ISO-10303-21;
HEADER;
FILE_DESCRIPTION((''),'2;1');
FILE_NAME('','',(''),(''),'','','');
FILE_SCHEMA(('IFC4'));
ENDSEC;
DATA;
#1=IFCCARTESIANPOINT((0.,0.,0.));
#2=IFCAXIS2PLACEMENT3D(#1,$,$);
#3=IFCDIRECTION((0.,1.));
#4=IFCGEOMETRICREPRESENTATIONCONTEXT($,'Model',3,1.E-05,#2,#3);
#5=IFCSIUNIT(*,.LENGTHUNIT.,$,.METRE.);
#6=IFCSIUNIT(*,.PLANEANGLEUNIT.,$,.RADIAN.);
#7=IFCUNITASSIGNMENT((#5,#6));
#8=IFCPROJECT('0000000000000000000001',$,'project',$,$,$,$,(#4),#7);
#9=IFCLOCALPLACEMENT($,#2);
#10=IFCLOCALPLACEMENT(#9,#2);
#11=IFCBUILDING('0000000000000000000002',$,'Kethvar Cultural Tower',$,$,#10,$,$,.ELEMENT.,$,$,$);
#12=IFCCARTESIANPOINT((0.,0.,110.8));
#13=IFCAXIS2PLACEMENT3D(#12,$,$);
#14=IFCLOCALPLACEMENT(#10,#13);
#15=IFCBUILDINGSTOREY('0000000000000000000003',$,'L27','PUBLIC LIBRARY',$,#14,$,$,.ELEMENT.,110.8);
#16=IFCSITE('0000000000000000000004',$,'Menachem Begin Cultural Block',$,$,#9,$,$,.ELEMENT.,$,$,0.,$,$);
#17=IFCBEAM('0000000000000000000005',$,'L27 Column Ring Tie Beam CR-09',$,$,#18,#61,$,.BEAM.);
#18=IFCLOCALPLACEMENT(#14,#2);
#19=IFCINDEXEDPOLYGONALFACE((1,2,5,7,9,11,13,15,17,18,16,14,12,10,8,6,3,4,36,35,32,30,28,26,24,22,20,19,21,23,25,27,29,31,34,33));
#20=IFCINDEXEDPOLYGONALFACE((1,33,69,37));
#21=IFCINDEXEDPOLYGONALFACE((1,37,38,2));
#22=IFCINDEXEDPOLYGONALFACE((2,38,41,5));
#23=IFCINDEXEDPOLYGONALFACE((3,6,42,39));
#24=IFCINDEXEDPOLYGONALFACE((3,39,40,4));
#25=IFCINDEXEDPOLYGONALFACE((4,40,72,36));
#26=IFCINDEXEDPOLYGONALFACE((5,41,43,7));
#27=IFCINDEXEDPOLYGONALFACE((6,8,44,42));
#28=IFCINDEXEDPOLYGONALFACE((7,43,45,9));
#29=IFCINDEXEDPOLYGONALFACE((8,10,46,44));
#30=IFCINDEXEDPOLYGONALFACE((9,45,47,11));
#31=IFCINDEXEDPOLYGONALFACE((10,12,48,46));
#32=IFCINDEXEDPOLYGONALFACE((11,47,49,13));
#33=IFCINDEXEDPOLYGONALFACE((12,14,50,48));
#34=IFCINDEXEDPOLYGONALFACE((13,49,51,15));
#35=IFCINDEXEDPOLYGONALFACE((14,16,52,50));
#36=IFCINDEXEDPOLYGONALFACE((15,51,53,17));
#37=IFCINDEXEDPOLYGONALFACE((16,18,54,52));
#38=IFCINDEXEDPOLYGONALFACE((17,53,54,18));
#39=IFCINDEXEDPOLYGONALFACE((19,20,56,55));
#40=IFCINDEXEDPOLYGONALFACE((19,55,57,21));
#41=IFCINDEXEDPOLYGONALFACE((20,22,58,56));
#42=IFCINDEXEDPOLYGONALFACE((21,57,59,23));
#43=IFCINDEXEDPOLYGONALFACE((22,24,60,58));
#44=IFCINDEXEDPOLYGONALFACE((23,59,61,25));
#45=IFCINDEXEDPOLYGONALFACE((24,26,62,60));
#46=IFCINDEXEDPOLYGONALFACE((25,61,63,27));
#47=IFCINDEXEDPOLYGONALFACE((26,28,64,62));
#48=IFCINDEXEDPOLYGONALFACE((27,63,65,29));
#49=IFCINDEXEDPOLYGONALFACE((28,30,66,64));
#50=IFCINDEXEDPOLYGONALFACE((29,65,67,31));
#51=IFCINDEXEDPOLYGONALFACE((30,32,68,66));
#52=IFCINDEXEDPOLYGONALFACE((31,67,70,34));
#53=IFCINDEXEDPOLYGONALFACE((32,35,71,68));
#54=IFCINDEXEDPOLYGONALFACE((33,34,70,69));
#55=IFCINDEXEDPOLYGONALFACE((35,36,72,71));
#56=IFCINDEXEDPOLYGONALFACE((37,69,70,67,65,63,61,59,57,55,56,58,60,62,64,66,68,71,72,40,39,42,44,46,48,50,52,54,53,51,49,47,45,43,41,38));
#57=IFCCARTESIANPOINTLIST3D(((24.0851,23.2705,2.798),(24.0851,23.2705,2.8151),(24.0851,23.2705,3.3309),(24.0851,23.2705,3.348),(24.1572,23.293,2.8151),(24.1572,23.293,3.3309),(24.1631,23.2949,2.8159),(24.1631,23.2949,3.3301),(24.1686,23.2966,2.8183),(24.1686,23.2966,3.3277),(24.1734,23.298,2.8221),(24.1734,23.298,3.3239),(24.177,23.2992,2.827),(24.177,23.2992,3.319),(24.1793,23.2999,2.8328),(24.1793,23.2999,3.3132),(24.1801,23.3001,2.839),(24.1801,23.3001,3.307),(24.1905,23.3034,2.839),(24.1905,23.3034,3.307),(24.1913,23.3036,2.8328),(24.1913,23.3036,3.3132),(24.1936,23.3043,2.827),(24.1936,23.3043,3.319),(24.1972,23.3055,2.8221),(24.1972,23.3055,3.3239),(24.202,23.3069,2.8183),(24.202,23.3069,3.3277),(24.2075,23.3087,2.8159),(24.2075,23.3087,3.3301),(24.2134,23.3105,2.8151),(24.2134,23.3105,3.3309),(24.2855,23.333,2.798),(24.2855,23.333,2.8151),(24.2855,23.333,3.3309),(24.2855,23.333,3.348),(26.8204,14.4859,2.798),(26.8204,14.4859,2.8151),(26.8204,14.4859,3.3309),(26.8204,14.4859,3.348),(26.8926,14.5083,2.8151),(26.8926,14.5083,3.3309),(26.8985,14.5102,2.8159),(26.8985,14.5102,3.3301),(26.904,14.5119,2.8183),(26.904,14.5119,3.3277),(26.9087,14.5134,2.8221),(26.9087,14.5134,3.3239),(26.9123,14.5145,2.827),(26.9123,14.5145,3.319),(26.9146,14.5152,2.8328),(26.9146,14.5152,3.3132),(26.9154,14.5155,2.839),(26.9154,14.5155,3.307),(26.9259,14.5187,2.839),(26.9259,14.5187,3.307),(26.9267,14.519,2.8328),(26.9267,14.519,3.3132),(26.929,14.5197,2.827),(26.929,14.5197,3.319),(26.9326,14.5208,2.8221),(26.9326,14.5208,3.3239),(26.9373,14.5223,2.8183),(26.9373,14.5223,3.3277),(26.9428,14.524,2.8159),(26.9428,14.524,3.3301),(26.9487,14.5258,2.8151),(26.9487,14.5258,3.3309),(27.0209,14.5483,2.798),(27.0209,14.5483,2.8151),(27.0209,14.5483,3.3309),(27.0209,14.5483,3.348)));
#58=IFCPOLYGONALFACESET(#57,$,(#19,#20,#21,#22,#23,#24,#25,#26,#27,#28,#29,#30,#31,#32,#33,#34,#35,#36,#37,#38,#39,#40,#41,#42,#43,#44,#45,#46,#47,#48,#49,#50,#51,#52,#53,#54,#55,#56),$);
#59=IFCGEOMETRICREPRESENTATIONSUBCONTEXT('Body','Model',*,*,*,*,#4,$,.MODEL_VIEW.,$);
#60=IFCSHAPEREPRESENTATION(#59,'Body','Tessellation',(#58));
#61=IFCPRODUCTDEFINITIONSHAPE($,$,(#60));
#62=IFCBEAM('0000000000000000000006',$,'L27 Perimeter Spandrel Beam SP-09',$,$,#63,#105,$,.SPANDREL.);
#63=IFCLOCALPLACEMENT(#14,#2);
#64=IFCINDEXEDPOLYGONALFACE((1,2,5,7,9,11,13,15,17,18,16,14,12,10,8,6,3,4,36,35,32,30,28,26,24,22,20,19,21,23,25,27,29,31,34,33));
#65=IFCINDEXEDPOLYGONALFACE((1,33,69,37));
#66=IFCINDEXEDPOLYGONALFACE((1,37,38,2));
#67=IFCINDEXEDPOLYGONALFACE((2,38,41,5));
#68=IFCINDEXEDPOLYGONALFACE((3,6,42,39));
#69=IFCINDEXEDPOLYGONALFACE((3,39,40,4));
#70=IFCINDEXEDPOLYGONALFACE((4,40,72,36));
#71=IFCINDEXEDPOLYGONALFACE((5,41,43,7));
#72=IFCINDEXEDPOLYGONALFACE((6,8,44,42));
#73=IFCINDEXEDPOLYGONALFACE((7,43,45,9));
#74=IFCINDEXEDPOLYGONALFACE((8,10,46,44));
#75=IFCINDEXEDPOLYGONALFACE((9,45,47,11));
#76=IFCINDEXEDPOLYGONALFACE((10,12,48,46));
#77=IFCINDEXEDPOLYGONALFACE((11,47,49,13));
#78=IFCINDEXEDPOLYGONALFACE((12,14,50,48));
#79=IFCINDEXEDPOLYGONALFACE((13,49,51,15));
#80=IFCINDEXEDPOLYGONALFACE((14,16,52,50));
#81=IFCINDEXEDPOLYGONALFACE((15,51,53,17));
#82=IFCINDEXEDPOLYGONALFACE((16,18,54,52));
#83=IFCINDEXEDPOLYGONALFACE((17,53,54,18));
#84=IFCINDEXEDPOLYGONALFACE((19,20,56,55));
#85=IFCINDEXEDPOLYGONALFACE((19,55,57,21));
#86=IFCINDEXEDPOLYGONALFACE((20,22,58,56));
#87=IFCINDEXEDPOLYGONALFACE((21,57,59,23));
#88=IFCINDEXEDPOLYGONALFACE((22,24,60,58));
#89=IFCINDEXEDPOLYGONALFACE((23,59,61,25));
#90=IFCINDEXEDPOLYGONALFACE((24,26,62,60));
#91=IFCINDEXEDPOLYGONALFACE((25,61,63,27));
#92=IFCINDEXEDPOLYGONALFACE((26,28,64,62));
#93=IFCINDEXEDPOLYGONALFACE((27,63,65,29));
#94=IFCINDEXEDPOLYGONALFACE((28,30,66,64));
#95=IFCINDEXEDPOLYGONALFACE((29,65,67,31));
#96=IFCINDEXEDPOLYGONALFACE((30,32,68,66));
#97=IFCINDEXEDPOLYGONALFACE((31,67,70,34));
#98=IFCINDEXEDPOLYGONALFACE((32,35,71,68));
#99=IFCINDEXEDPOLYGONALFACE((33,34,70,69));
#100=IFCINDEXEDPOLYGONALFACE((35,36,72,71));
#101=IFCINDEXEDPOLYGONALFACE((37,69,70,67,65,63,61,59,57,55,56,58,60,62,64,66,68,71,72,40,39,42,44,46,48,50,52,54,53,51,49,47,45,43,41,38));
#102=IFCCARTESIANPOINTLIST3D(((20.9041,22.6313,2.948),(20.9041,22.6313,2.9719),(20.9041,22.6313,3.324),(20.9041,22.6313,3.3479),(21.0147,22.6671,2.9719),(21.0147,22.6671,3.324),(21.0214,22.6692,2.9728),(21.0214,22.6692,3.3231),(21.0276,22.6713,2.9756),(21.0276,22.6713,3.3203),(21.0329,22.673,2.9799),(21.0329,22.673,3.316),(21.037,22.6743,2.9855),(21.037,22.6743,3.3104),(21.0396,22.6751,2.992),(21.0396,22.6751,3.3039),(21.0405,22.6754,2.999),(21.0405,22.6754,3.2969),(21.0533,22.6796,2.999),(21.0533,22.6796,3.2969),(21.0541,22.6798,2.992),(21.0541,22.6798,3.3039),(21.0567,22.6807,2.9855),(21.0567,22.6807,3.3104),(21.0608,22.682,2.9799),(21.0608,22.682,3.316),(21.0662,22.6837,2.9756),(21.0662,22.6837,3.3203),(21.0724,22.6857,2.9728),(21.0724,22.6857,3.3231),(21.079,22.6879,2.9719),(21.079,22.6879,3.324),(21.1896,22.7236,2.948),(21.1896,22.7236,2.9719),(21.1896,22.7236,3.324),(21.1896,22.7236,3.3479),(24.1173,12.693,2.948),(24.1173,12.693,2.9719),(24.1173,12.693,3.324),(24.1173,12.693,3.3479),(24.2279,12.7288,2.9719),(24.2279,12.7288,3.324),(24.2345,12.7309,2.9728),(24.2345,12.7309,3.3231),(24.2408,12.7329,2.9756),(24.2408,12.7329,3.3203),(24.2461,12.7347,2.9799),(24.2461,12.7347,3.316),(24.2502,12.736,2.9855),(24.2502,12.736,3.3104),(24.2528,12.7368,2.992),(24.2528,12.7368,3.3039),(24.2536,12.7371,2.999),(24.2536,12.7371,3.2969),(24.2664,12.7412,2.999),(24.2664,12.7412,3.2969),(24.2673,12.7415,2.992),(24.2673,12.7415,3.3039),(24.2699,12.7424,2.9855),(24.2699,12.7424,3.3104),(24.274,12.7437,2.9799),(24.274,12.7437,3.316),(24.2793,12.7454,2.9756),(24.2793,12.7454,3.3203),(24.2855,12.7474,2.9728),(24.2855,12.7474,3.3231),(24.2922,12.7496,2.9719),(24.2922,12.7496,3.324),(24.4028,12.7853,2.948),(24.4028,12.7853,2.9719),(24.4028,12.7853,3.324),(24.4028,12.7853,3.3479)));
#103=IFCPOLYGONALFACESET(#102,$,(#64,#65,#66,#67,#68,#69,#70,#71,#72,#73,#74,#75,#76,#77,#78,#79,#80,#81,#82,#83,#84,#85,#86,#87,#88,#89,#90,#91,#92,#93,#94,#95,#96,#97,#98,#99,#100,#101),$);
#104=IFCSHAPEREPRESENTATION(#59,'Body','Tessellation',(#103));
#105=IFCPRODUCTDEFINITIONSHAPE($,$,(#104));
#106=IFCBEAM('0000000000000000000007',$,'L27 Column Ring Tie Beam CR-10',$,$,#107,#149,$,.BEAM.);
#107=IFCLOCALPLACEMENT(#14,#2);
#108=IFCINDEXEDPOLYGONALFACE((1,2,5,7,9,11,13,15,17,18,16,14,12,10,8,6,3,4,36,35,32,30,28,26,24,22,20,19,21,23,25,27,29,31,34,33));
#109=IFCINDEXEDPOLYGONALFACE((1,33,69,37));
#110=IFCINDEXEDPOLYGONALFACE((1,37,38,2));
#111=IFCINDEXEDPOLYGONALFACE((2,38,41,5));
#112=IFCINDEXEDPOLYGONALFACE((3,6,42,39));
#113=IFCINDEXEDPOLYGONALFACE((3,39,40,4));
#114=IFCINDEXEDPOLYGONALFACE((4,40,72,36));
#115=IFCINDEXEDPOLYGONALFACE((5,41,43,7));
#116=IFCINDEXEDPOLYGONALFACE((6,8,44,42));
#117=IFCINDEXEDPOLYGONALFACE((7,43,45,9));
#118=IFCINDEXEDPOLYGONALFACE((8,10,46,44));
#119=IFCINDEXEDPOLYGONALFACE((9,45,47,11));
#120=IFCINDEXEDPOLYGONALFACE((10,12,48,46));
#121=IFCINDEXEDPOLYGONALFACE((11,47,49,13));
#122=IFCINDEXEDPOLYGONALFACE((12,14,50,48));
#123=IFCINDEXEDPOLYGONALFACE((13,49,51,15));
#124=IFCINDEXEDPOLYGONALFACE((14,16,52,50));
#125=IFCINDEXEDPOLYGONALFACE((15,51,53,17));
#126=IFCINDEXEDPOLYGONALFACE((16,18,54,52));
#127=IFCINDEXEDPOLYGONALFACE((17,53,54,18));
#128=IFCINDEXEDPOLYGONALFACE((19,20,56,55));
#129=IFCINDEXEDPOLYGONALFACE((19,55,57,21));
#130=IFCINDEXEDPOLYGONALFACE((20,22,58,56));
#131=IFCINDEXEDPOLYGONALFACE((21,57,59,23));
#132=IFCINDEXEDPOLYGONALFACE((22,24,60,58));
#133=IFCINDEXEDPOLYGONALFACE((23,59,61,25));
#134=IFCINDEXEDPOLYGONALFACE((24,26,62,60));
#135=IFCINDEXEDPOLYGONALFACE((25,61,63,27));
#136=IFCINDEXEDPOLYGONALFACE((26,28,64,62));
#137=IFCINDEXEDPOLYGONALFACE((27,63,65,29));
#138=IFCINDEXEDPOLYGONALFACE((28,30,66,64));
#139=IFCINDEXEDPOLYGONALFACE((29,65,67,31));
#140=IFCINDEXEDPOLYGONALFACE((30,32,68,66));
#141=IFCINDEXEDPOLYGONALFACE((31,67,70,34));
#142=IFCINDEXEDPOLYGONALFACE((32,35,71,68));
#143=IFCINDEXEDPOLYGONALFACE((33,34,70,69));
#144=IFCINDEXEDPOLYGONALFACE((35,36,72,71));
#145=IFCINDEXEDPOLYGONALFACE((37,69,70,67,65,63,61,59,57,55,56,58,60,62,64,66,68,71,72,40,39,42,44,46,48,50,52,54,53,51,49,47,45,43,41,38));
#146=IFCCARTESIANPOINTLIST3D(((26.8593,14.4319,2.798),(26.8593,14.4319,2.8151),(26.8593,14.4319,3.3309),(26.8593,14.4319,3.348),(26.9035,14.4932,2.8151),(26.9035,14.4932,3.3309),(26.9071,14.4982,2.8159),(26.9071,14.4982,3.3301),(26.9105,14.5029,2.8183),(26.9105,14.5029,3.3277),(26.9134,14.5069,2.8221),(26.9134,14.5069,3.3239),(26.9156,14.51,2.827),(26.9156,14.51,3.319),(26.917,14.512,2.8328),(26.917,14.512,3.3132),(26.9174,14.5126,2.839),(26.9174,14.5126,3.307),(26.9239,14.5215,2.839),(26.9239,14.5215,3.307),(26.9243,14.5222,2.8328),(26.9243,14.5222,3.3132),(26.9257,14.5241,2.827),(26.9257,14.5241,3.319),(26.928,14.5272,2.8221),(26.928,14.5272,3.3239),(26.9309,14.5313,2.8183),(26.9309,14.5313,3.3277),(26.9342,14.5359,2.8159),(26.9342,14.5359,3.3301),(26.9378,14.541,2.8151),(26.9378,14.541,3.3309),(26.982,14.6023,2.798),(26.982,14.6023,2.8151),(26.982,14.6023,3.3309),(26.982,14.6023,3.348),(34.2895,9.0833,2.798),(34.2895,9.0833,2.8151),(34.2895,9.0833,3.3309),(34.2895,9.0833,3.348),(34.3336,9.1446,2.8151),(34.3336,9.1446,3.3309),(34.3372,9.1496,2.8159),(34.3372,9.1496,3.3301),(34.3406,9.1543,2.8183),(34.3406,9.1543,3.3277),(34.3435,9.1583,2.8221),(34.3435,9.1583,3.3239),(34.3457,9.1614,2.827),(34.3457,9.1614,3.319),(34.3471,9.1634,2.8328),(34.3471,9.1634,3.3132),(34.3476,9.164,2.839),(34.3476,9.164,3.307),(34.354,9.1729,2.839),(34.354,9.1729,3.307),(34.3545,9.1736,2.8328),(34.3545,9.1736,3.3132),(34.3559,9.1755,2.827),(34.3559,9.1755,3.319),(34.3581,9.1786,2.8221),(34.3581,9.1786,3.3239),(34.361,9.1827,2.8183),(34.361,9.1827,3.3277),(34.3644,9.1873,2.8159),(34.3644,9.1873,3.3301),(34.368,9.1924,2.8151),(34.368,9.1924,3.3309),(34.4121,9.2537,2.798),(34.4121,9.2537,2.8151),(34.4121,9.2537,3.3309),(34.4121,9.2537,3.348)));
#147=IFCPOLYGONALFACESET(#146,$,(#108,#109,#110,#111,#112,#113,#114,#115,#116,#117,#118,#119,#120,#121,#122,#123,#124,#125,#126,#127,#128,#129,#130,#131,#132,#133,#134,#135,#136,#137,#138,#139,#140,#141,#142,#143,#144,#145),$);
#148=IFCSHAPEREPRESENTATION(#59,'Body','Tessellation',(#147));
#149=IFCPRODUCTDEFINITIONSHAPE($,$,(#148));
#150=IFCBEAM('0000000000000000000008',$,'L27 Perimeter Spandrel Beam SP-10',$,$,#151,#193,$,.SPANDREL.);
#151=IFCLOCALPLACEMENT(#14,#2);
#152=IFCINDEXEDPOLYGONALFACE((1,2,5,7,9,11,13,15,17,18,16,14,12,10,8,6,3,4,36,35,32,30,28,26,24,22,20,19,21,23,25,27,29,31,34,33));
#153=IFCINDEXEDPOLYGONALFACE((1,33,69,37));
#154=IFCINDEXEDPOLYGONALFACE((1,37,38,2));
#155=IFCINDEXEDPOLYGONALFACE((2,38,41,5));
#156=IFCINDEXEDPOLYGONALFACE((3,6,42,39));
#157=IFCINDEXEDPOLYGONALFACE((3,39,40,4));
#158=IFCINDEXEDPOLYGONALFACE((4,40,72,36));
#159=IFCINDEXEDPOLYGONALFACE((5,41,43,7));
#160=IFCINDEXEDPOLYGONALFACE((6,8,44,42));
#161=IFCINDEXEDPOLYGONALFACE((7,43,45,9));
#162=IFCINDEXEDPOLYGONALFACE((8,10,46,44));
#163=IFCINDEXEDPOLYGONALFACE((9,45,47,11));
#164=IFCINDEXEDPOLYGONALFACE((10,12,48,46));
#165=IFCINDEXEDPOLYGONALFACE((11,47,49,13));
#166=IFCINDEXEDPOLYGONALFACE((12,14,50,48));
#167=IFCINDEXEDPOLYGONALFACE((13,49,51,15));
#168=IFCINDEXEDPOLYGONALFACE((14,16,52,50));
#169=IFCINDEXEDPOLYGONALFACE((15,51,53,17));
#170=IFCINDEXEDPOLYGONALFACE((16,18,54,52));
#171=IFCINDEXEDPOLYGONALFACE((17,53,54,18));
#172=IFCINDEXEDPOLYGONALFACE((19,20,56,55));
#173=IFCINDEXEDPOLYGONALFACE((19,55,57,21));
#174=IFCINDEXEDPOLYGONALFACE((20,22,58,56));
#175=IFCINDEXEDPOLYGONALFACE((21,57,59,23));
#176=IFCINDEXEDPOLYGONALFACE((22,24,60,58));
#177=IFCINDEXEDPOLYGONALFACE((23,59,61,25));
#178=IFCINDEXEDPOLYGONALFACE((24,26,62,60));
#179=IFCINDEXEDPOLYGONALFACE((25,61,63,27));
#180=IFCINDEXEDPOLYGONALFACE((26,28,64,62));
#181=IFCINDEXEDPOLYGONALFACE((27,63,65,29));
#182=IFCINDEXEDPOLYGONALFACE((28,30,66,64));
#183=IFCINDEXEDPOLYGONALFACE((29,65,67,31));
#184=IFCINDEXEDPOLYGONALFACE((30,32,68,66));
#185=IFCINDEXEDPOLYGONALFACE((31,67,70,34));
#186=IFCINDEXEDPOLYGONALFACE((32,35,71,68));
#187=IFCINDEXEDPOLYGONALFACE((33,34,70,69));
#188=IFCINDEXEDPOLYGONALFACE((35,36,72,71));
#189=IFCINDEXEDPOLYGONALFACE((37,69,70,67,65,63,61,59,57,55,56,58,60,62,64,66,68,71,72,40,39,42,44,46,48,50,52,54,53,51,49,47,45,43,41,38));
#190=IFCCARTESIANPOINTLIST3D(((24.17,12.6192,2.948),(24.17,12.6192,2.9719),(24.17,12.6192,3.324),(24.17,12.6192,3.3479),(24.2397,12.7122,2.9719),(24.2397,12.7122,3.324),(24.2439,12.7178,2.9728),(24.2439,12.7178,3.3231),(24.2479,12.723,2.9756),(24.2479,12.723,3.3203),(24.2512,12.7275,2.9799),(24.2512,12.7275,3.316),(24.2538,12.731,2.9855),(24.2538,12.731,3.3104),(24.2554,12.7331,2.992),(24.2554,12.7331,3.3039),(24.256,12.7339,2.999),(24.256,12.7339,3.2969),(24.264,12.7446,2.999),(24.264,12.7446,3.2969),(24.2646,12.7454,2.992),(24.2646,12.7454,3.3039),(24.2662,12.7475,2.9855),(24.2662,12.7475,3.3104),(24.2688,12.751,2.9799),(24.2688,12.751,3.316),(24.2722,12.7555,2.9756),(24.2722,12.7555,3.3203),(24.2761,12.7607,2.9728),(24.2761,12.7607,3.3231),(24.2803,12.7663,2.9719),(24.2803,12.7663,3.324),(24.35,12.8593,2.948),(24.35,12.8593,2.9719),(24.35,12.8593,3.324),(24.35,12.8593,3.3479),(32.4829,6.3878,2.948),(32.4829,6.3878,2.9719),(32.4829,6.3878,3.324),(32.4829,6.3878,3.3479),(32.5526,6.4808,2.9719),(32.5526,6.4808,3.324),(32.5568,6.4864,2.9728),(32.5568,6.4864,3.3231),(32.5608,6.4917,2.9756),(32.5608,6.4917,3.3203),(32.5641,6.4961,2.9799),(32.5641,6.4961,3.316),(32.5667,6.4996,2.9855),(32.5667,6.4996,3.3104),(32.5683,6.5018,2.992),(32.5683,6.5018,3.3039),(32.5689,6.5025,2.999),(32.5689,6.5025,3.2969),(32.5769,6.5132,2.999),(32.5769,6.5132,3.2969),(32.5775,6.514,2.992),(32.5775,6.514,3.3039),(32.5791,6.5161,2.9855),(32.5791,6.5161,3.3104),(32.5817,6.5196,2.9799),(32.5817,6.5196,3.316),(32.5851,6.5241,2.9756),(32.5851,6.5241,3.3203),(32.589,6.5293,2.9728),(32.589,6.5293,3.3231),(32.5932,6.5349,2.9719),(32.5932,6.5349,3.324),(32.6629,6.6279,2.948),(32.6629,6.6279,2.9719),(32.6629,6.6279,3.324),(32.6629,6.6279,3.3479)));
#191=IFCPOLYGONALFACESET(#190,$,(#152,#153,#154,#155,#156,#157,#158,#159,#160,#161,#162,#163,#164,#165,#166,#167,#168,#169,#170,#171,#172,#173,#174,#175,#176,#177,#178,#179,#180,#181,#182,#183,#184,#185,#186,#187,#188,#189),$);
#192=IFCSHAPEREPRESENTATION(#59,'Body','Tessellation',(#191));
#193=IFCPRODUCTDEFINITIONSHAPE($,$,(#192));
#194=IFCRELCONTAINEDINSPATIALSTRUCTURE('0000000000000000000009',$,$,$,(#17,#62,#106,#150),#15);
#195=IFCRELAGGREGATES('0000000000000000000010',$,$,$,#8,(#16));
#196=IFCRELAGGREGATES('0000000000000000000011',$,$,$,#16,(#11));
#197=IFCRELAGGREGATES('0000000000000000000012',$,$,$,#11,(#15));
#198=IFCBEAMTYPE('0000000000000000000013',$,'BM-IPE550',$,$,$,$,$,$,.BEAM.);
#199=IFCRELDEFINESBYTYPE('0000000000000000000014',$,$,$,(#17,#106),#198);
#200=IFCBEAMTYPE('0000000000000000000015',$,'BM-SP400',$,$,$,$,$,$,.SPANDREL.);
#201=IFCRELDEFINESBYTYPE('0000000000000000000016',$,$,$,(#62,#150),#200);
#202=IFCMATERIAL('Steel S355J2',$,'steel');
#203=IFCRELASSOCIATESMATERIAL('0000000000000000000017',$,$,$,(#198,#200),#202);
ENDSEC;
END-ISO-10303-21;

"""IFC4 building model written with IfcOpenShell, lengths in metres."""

from ifc_helpers import new_model, si_unit, direction, frame, origin, origin_2d, place, context, subcontext, project, spatial, i_section, extrude, source, transform, mapped, material, material_profile, profile_set, type_object, element, save


model = new_model("IFC4")

# Units and contexts
model_context = context("Model", 3, precision=1e-05, world=origin(), true_north=direction((0.0, 1.0)))
body_context = subcontext(model_context, "Body", "Model", "MODEL_VIEW")
ifc_project = project(units=[si_unit("LENGTHUNIT", "METRE"), si_unit("PLANEANGLEUNIT", "RADIAN")], contexts=[model_context])

# Site, building, storey
site_placement = place(None, origin())
site = spatial("IfcSite", under=ifc_project, at=site_placement, Name="Menachem Begin Cultural Block", CompositionType="ELEMENT", RefElevation=0.0)
building_placement = place(site_placement, origin())
building = spatial("IfcBuilding", under=site, at=building_placement, Name="Kethvar Cultural Tower", CompositionType="ELEMENT")
storey_placement = place(building_placement, frame((0.0, 0.0, 110.8)))
storey = spatial("IfcBuildingStorey", under=building, at=storey_placement, Name="L27", Description="PUBLIC LIBRARY", CompositionType="ELEMENT", Elevation=110.8)

# Beams
ifc_material_1 = material(Name="Steel S355J2", Category="steel")
ifc_material_profile_1 = material_profile(ifc_material_1, i_section(OverallWidth=0.21, OverallDepth=0.55, WebThickness=0.011, FlangeThickness=0.0171, FilletRadius=0.0239, at=origin_2d()), Name="Steel S355J2 — IPE550")
ifc_profile_set_1 = profile_set([ifc_material_profile_1], Name="Steel S355J2 — IPE550")
beam_type_1 = type_object("IfcBeamType", Name="BM-IPE550", PredefinedType="BEAM", material=ifc_profile_set_1)
shared_shape_1 = source(origin(), body_context, "Body", "SweptSolid", [
    extrude(i_section(OverallWidth=0.21, OverallDepth=0.55, WebThickness=0.011, FlangeThickness=0.0171, FilletRadius=0.0239, at=origin_2d()), origin(), (0.0, 0.0, 1.0), 9.2007),
])
beam_1_placement = place(storey_placement, frame((24.1853, 23.3018, 3.073), z_axis=(0.297299, -0.954784, 0.0), x_axis=(0.954784, 0.297299, 0.0)))
element("IfcBeam", 1, at=beam_1_placement, inside=storey, type_object=beam_type_1, Name="L27 Column Ring Tie Beam CR-09", PredefinedType="BEAM", context=body_context, shape_type="MappedRepresentation", body=[
    mapped(shared_shape_1, transform((0.0, 0.0, 0.0), scale=1.0)),
])
ifc_material_profile_2 = material_profile(ifc_material_1, i_section(OverallWidth=0.3, OverallDepth=0.3999, WebThickness=0.0134, FlangeThickness=0.0239, FilletRadius=0.0271, at=origin_2d()), Name="Steel S355J2 — HEB400")
ifc_profile_set_2 = profile_set([ifc_material_profile_2], Name="Steel S355J2 — HEB400")
beam_type_2 = type_object("IfcBeamType", Name="BM-SP400", PredefinedType="SPANDREL", material=ifc_profile_set_2)
shared_shape_2 = source(origin(), body_context, "Body", "SweptSolid", [
    extrude(i_section(OverallWidth=0.3, OverallDepth=0.3999, WebThickness=0.0134, FlangeThickness=0.0239, FilletRadius=0.0271, at=origin_2d()), origin(), (0.0, 0.0, 1.0), 10.4448),
])
beam_2_placement = place(storey_placement, frame((21.0469, 22.6775, 3.1479), z_axis=(0.307632, -0.951506, 0.0), x_axis=(0.951506, 0.307632, 0.0)))
element("IfcBeam", 2, at=beam_2_placement, inside=storey, type_object=beam_type_2, Name="L27 Perimeter Spandrel Beam SP-09", PredefinedType="SPANDREL", context=body_context, shape_type="MappedRepresentation", body=[
    mapped(shared_shape_2, transform((0.0, 0.0, 0.0), scale=1.0)),
])
shared_shape_3 = source(origin(), body_context, "Body", "SweptSolid", [
    extrude(i_section(OverallWidth=0.21, OverallDepth=0.55, WebThickness=0.011, FlangeThickness=0.0171, FilletRadius=0.0239, at=origin_2d()), origin(), (0.0, 0.0, 1.0), 9.155),
])
beam_3_placement = place(storey_placement, frame((26.9207, 14.5171, 3.073), z_axis=(0.811591, -0.584226, 0.0), x_axis=(0.584226, 0.811591, 0.0)))
element("IfcBeam", 3, at=beam_3_placement, inside=storey, type_object=beam_type_1, Name="L27 Column Ring Tie Beam CR-10", PredefinedType="BEAM", context=body_context, shape_type="MappedRepresentation", body=[
    mapped(shared_shape_3, transform((0.0, 0.0, 0.0), scale=1.0)),
])
shared_shape_4 = source(origin(), body_context, "Body", "SweptSolid", [
    extrude(i_section(OverallWidth=0.3, OverallDepth=0.3999, WebThickness=0.0134, FlangeThickness=0.0239, FilletRadius=0.0271, at=origin_2d()), origin(), (0.0, 0.0, 1.0), 10.3892),
])
beam_4_placement = place(storey_placement, frame((24.26, 12.7393, 3.1479), z_axis=(0.800152, -0.599797, 0.0), x_axis=(0.599797, 0.800152, 0.0)))
element("IfcBeam", 4, at=beam_4_placement, inside=storey, type_object=beam_type_2, Name="L27 Perimeter Spandrel Beam SP-10", PredefinedType="SPANDREL", context=body_context, shape_type="MappedRepresentation", body=[
    mapped(shared_shape_4, transform((0.0, 0.0, 0.0), scale=1.0)),
])

save(model, "model.ifc")
